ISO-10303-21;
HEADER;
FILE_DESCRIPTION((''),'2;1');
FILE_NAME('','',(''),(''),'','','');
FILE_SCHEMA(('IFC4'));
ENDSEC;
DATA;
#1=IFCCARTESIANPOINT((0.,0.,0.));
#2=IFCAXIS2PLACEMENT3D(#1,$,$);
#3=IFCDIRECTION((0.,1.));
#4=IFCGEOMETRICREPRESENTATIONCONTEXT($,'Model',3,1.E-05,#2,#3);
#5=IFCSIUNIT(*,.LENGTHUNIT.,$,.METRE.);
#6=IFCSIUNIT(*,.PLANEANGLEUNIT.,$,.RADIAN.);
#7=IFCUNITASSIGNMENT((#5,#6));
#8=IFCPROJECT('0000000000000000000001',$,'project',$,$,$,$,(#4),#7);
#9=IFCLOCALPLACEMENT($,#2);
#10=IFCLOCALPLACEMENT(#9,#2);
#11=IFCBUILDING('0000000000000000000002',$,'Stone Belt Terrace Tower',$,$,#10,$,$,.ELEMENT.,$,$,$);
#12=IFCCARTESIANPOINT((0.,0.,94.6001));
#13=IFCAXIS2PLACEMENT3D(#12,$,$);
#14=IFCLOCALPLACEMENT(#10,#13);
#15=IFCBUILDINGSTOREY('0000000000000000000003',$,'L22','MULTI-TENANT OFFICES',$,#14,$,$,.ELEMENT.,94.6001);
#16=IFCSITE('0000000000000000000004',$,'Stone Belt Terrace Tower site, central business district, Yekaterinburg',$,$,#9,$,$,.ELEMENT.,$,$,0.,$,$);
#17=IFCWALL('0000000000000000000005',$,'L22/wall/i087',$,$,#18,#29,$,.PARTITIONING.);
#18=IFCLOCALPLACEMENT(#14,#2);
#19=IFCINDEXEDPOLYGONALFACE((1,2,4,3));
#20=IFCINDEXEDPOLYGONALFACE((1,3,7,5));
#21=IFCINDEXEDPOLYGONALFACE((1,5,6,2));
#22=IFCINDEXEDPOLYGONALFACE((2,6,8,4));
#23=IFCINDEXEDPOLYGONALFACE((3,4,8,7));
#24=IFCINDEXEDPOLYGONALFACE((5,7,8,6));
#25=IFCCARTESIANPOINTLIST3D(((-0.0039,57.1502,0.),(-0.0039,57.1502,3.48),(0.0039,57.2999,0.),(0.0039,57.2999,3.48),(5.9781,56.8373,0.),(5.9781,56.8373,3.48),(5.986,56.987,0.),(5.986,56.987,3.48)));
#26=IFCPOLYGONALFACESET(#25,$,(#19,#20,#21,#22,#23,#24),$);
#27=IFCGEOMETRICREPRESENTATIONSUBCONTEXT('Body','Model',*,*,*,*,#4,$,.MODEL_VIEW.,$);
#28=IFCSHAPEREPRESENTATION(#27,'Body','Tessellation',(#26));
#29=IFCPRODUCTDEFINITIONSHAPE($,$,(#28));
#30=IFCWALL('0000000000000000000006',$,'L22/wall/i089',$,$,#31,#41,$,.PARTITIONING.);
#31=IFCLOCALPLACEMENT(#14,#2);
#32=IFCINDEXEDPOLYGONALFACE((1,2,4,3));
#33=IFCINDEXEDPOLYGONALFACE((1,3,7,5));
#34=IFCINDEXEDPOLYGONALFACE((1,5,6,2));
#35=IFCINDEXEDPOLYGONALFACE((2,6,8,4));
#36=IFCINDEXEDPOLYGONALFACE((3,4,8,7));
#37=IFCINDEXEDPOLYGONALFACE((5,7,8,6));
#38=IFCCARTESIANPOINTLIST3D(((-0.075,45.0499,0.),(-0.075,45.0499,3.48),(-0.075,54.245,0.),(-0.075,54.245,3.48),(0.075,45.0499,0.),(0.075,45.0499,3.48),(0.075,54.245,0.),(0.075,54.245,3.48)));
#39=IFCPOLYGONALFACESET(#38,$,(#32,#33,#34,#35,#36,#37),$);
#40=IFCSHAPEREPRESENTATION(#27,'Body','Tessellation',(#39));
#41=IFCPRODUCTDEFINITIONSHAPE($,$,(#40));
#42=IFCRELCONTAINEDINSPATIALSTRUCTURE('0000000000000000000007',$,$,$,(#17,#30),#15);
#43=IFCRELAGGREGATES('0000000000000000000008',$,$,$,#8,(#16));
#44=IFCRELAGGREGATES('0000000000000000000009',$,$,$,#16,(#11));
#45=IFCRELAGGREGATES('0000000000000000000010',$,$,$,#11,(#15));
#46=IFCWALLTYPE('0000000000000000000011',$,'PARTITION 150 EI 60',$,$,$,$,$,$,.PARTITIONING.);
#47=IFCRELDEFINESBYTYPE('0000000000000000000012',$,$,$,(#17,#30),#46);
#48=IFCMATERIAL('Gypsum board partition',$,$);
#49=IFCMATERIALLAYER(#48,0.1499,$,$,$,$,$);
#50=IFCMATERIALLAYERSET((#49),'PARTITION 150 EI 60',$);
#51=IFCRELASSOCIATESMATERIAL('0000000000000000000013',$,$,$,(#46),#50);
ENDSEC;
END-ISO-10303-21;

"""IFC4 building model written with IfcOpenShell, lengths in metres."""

from ifc_helpers import new_model, si_unit, direction, frame, frame_2d, origin, place, context, subcontext, project, spatial, rectangle, extrude, material, layer, layer_set, type_object, element, save


model = new_model("IFC4")

# Units and contexts
model_context = context("Model", 3, precision=1e-05, world=origin(), true_north=direction((0.0, 1.0)))
body_context = subcontext(model_context, "Body", "Model", "MODEL_VIEW")
ifc_project = project(units=[si_unit("LENGTHUNIT", "METRE"), si_unit("PLANEANGLEUNIT", "RADIAN")], contexts=[model_context])

# Site, building, storey
site_placement = place(None, origin())
site = spatial("IfcSite", under=ifc_project, at=site_placement, Name="Stone Belt Terrace Tower site, central business district, Yekaterinburg", CompositionType="ELEMENT", RefElevation=0.0)
building_placement = place(site_placement, origin())
building = spatial("IfcBuilding", under=site, at=building_placement, Name="Stone Belt Terrace Tower", CompositionType="ELEMENT")
storey_placement = place(building_placement, frame((0.0, 0.0, 94.6001)))
storey = spatial("IfcBuildingStorey", under=building, at=storey_placement, Name="L22", Description="MULTI-TENANT OFFICES", CompositionType="ELEMENT", Elevation=94.6001)

# Shared definitions
ifc_material_1 = material(Name="Gypsum board partition")

# Shared definitions
ifc_layer_1 = layer(ifc_material_1, 0.1499)
ifc_layer_set_1 = layer_set([ifc_layer_1], Name="PARTITION 150 EI 60")
wall_type_1 = type_object("IfcWallType", Name="PARTITION 150 EI 60", PredefinedType="PARTITIONING", material=ifc_layer_set_1)

# Walls
wall_1_placement = place(storey_placement, frame((0.0, 57.2251, 0.0), z_axis=(0.0, 0.0, 1.0), x_axis=(0.998634, -0.052251, 0.0)))
element("IfcWall", 1, at=wall_1_placement, inside=storey, type_object=wall_type_1, Name="L22/wall/i087", PredefinedType="PARTITIONING", context=body_context, shape_type="SweptSolid", body=[
    extrude(rectangle(XDim=5.9902, YDim=0.1499, at=frame_2d((2.9951, 0.0))), origin(), (0.0, 0.0, 1.0), 3.48),
])
wall_2_placement = place(storey_placement, frame((0.0, 54.2451, 0.0), z_axis=(0.0, 0.0, 1.0), x_axis=(0.0, -1.0, 0.0)))
element("IfcWall", 2, at=wall_2_placement, inside=storey, type_object=wall_type_1, Name="L22/wall/i089", PredefinedType="PARTITIONING", context=body_context, shape_type="SweptSolid", body=[
    extrude(rectangle(XDim=9.1951, YDim=0.1499, at=frame_2d((4.5977, 0.0))), origin(), (0.0, 0.0, 1.0), 3.48),
])

save(model, "model.ifc")
